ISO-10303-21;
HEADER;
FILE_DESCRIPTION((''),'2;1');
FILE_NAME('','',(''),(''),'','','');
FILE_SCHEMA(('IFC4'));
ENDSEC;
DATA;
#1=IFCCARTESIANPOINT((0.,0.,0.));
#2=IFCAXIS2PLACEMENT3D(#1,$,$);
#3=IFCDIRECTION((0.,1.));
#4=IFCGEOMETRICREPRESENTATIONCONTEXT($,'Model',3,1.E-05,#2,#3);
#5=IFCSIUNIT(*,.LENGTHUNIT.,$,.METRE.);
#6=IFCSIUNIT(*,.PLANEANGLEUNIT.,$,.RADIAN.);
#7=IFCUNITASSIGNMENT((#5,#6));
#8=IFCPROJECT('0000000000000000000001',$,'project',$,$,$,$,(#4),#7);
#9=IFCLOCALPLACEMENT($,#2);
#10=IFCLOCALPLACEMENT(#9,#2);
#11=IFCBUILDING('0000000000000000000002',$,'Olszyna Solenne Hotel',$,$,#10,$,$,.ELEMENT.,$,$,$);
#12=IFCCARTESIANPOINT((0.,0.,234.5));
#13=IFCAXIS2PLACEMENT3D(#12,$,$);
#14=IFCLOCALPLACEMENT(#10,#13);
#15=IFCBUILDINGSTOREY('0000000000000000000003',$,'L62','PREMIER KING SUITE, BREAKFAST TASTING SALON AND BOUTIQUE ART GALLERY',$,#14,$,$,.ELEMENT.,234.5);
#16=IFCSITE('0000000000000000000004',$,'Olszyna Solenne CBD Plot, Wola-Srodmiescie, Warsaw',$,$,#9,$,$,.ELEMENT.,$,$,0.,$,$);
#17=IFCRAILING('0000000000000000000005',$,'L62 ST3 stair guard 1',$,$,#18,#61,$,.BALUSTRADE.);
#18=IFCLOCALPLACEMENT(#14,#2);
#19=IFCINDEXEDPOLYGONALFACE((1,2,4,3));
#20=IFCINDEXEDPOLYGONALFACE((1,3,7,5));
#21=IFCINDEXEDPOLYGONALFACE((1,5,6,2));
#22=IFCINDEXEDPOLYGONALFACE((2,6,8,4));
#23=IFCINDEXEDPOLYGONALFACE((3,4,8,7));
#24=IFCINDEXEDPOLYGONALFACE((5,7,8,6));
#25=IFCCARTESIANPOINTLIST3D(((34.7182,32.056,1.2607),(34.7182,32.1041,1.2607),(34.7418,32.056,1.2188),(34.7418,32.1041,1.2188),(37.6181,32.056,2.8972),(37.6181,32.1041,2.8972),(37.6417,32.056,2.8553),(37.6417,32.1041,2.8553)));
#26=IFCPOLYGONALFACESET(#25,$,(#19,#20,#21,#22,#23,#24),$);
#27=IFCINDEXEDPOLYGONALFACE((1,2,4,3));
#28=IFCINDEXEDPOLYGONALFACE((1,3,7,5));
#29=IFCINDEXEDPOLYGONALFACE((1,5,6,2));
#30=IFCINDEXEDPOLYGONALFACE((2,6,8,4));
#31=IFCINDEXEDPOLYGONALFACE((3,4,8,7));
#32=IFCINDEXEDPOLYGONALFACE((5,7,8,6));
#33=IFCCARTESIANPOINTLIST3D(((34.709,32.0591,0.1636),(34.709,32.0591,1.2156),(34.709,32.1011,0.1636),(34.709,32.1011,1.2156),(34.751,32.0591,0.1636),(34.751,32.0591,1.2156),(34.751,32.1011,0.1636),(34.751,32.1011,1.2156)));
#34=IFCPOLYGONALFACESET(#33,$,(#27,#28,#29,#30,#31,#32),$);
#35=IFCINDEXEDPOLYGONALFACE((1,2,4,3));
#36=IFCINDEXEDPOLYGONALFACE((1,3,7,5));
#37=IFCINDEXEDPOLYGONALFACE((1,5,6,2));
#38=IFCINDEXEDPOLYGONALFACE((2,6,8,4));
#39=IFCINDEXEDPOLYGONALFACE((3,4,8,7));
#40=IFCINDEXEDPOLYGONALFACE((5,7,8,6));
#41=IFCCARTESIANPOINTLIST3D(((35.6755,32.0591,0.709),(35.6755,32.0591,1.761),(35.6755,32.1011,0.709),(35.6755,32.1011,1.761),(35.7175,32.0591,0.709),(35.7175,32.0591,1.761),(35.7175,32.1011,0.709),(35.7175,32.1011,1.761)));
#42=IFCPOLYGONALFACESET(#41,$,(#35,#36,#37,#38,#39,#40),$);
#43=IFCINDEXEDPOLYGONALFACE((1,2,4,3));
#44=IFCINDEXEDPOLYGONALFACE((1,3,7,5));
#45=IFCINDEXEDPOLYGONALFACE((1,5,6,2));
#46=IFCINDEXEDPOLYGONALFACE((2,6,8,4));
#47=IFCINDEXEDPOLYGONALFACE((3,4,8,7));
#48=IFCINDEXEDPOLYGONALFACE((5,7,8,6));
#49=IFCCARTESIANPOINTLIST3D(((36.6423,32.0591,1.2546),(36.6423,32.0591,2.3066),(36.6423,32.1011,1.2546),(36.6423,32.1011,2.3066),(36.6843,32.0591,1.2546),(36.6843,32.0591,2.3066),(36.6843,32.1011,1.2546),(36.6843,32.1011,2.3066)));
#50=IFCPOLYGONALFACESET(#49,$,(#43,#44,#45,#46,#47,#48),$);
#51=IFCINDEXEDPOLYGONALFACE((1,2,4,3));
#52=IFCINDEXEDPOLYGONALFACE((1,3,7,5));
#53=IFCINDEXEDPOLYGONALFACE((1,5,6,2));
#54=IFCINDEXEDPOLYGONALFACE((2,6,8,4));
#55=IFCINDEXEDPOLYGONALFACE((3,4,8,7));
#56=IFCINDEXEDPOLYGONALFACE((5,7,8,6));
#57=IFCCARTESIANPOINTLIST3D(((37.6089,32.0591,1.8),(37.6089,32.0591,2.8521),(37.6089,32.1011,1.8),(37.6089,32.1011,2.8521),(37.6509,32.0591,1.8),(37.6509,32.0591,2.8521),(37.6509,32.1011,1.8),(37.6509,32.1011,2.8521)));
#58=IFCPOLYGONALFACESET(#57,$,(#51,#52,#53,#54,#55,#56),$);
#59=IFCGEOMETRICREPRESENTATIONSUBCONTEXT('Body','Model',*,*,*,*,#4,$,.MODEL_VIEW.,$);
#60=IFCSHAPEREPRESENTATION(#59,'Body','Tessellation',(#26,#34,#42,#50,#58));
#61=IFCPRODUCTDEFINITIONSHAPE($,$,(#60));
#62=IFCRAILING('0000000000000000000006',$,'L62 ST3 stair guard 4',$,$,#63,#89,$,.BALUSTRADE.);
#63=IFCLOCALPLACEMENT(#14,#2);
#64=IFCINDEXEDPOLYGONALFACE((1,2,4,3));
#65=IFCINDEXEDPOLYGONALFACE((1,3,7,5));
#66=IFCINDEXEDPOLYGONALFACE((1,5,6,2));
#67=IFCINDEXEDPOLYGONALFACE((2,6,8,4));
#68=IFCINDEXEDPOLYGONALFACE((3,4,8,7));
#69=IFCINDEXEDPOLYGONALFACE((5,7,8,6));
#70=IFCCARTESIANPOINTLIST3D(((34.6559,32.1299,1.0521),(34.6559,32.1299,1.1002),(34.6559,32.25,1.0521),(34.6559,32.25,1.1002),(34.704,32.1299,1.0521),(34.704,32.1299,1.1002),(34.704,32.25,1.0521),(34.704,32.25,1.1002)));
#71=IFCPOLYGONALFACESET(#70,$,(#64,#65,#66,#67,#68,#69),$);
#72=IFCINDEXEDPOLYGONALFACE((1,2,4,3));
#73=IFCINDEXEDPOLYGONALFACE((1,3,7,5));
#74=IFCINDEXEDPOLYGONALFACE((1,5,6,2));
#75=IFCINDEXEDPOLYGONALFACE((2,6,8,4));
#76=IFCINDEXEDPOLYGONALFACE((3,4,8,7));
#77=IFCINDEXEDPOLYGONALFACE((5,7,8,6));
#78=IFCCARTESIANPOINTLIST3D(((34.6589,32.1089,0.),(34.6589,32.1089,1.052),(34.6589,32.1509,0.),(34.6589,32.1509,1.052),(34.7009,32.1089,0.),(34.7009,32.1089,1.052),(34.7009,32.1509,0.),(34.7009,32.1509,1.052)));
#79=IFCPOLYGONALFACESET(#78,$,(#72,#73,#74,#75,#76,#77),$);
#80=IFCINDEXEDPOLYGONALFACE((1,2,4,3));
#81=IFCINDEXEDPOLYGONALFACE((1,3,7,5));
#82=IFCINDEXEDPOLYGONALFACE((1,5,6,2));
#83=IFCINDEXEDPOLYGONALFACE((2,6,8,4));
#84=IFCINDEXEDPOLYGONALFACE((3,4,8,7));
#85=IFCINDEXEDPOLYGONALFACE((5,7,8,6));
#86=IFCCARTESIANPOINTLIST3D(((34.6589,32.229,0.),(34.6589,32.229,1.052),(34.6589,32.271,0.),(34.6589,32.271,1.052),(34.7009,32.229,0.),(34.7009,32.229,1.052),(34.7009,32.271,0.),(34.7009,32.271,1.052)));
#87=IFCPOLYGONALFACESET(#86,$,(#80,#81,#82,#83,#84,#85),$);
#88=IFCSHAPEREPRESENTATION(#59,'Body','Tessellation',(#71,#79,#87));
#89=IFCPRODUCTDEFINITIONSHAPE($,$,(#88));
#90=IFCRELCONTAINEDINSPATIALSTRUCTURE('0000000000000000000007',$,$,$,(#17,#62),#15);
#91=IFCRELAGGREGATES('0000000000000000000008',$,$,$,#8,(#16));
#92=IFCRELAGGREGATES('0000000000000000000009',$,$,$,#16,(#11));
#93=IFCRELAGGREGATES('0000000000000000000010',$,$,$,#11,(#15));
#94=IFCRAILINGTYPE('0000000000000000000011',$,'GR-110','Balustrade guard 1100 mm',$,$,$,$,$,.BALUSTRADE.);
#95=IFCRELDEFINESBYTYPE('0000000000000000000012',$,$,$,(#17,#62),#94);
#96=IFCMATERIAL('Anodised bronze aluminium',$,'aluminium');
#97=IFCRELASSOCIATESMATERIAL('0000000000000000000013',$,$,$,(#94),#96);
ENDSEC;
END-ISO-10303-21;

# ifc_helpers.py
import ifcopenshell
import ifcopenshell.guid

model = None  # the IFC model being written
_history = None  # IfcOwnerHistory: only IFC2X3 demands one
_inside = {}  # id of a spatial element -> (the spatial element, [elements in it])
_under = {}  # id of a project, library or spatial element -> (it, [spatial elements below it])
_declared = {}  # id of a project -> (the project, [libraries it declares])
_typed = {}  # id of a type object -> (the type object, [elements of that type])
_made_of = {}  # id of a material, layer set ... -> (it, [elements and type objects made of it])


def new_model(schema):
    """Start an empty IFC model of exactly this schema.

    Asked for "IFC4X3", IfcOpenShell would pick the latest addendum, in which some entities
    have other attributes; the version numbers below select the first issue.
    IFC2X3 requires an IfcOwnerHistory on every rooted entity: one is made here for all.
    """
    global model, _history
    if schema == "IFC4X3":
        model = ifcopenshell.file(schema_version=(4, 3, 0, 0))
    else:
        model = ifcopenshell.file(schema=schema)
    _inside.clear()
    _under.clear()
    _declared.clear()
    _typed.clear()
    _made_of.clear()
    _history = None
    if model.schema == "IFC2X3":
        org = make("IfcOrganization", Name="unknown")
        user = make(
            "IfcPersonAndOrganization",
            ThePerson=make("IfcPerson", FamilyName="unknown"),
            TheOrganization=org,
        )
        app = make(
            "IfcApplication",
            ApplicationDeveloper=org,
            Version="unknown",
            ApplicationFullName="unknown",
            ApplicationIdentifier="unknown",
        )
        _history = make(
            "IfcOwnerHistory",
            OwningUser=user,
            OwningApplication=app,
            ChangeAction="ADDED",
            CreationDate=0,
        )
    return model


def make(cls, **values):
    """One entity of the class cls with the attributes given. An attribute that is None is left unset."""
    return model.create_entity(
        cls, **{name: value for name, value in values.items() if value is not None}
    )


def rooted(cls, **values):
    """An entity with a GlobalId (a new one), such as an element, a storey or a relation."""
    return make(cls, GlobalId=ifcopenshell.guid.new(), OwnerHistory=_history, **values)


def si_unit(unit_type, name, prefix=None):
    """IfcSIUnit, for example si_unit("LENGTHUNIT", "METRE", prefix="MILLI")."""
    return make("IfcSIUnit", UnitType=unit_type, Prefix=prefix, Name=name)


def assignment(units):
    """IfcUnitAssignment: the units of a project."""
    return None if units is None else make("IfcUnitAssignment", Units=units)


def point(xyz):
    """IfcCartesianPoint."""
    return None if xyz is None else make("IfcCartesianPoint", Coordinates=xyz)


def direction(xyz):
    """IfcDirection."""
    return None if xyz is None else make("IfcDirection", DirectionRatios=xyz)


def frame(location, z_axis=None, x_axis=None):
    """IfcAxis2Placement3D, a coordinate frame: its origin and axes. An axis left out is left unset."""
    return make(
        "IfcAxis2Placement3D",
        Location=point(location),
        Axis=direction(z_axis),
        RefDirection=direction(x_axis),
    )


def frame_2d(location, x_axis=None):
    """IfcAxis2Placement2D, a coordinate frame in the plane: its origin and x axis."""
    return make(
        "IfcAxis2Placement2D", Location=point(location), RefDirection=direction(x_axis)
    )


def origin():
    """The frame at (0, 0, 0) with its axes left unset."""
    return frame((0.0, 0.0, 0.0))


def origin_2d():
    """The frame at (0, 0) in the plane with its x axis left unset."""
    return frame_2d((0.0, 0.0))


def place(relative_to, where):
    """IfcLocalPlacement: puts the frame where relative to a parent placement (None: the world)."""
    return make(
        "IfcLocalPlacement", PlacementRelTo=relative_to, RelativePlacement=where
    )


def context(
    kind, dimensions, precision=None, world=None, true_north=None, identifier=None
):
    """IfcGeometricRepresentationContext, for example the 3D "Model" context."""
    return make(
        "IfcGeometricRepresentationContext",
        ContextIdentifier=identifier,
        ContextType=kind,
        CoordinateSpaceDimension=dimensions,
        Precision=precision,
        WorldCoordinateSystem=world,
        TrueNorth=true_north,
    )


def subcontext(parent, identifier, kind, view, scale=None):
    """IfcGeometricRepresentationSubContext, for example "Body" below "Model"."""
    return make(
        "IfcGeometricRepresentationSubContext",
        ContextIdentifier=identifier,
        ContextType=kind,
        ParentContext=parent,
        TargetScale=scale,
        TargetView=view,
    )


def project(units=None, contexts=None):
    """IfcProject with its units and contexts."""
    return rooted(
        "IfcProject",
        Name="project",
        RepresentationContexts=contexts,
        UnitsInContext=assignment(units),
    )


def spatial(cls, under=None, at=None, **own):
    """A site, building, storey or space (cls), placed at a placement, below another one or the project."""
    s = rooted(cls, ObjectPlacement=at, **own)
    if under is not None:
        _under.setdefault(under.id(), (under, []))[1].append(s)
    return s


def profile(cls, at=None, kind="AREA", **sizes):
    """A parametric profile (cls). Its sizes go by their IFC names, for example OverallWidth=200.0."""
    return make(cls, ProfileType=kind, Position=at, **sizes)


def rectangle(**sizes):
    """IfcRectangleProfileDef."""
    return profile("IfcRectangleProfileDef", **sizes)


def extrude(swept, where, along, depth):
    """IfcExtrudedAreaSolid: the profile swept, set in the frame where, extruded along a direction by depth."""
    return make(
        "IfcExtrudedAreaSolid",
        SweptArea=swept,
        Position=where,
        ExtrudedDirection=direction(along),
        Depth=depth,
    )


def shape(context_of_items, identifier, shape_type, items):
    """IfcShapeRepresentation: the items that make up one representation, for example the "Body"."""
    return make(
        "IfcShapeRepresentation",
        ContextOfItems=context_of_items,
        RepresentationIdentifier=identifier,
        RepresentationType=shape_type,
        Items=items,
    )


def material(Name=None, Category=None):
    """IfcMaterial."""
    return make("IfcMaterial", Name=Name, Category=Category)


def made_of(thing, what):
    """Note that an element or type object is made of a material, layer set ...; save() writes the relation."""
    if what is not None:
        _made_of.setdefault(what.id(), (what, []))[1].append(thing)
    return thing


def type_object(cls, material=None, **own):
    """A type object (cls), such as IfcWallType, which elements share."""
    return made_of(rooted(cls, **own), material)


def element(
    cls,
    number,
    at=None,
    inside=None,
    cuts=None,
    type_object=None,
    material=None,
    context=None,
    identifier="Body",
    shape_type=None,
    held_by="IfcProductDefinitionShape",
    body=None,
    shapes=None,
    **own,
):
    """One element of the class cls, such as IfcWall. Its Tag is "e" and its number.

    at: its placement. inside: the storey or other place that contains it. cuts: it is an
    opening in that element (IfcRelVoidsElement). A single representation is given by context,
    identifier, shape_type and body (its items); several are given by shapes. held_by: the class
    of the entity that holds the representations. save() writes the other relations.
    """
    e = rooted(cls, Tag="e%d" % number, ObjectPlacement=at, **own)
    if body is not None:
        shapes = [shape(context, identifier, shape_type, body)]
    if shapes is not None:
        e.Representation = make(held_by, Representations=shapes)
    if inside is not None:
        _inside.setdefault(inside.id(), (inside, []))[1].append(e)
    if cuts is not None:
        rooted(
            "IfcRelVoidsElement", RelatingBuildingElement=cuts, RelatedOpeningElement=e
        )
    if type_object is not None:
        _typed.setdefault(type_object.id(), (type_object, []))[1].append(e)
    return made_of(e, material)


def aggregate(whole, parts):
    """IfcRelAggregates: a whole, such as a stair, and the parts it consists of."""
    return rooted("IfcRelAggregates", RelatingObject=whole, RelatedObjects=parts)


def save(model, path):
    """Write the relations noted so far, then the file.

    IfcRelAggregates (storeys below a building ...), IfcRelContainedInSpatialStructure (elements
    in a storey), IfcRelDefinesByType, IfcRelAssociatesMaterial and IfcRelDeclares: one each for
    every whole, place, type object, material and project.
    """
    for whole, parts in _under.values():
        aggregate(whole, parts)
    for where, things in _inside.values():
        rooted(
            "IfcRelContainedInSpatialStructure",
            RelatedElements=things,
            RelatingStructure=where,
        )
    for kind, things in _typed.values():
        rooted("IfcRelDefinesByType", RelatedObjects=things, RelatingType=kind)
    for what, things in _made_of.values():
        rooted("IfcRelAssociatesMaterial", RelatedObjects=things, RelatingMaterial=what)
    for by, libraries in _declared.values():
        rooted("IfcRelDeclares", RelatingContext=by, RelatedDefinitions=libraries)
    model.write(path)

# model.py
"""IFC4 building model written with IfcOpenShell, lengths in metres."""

from ifc_helpers import new_model, si_unit, direction, frame, origin, origin_2d, place, context, subcontext, project, spatial, rectangle, extrude, material, type_object, element, save


model = new_model("IFC4")

# Units and contexts
model_context = context("Model", 3, precision=1e-05, world=origin(), true_north=direction((0.0, 1.0)))
body_context = subcontext(model_context, "Body", "Model", "MODEL_VIEW")
ifc_project = project(units=[si_unit("LENGTHUNIT", "METRE"), si_unit("PLANEANGLEUNIT", "RADIAN")], contexts=[model_context])

# Site, building, storey
site_placement = place(None, origin())
site = spatial("IfcSite", under=ifc_project, at=site_placement, Name="Olszyna Solenne CBD Plot, Wola-Srodmiescie, Warsaw", CompositionType="ELEMENT", RefElevation=0.0)
building_placement = place(site_placement, origin())
building = spatial("IfcBuilding", under=site, at=building_placement, Name="Olszyna Solenne Hotel", CompositionType="ELEMENT")
storey_placement = place(building_placement, frame((0.0, 0.0, 234.5)))
storey = spatial("IfcBuildingStorey", under=building, at=storey_placement, Name="L62", Description="PREMIER KING SUITE, BREAKFAST TASTING SALON AND BOUTIQUE ART GALLERY", CompositionType="ELEMENT", Elevation=234.5)

# Shared definitions
ifc_material_1 = material(Name="Anodised bronze aluminium", Category="aluminium")

# Railings
railing_type = type_object("IfcRailingType", Name="GR-110", Description="Balustrade guard 1100 mm", PredefinedType="BALUSTRADE", material=ifc_material_1)
railing_1_placement = place(storey_placement, frame((34.73, 32.0801, 0.1636)))
element("IfcRailing", 1, at=railing_1_placement, inside=storey, type_object=railing_type, Name="L62 ST3 stair guard 1", PredefinedType="BALUSTRADE", context=body_context, shape_type="SweptSolid", body=[
    extrude(rectangle(XDim=0.0481, YDim=0.0481, at=origin_2d()), frame((0.0, 0.0, 1.0762), z_axis=(0.870897, 0.0, 0.491465), x_axis=(0.0, 1.0, 0.0)), (0.0, 0.0, 1.0), 3.3298),
    extrude(rectangle(XDim=0.042, YDim=0.042, at=origin_2d()), origin(), (0.0, 0.0, 1.0), 1.052),
    extrude(rectangle(XDim=0.042, YDim=0.042, at=origin_2d()), frame((0.9666, 0.0, 0.5454)), (0.0, 0.0, 1.0), 1.052),
    extrude(rectangle(XDim=0.042, YDim=0.042, at=origin_2d()), frame((1.9333, 0.0, 1.0911)), (0.0, 0.0, 1.0), 1.052),
    extrude(rectangle(XDim=0.042, YDim=0.042, at=origin_2d()), frame((2.8999, 0.0, 1.6365)), (0.0, 0.0, 1.0), 1.052),
])
railing_2_placement = place(storey_placement, frame((34.6799, 32.1299, 0.0)))
element("IfcRailing", 2, at=railing_2_placement, inside=storey, type_object=railing_type, Name="L62 ST3 stair guard 4", PredefinedType="BALUSTRADE", context=body_context, shape_type="SweptSolid", body=[
    extrude(rectangle(XDim=0.0481, YDim=0.0481, at=origin_2d()), frame((0.0, 0.0, 1.0762), z_axis=(0.0, 1.0, 0.0), x_axis=(-1.0, 0.0, 0.0)), (0.0, 0.0, 1.0), 0.1201),
    extrude(rectangle(XDim=0.042, YDim=0.042, at=origin_2d()), origin(), (0.0, 0.0, 1.0), 1.052),
    extrude(rectangle(XDim=0.042, YDim=0.042, at=origin_2d()), frame((0.0, 0.1201, 0.0)), (0.0, 0.0, 1.0), 1.052),
])

save(model, "model.ifc")
